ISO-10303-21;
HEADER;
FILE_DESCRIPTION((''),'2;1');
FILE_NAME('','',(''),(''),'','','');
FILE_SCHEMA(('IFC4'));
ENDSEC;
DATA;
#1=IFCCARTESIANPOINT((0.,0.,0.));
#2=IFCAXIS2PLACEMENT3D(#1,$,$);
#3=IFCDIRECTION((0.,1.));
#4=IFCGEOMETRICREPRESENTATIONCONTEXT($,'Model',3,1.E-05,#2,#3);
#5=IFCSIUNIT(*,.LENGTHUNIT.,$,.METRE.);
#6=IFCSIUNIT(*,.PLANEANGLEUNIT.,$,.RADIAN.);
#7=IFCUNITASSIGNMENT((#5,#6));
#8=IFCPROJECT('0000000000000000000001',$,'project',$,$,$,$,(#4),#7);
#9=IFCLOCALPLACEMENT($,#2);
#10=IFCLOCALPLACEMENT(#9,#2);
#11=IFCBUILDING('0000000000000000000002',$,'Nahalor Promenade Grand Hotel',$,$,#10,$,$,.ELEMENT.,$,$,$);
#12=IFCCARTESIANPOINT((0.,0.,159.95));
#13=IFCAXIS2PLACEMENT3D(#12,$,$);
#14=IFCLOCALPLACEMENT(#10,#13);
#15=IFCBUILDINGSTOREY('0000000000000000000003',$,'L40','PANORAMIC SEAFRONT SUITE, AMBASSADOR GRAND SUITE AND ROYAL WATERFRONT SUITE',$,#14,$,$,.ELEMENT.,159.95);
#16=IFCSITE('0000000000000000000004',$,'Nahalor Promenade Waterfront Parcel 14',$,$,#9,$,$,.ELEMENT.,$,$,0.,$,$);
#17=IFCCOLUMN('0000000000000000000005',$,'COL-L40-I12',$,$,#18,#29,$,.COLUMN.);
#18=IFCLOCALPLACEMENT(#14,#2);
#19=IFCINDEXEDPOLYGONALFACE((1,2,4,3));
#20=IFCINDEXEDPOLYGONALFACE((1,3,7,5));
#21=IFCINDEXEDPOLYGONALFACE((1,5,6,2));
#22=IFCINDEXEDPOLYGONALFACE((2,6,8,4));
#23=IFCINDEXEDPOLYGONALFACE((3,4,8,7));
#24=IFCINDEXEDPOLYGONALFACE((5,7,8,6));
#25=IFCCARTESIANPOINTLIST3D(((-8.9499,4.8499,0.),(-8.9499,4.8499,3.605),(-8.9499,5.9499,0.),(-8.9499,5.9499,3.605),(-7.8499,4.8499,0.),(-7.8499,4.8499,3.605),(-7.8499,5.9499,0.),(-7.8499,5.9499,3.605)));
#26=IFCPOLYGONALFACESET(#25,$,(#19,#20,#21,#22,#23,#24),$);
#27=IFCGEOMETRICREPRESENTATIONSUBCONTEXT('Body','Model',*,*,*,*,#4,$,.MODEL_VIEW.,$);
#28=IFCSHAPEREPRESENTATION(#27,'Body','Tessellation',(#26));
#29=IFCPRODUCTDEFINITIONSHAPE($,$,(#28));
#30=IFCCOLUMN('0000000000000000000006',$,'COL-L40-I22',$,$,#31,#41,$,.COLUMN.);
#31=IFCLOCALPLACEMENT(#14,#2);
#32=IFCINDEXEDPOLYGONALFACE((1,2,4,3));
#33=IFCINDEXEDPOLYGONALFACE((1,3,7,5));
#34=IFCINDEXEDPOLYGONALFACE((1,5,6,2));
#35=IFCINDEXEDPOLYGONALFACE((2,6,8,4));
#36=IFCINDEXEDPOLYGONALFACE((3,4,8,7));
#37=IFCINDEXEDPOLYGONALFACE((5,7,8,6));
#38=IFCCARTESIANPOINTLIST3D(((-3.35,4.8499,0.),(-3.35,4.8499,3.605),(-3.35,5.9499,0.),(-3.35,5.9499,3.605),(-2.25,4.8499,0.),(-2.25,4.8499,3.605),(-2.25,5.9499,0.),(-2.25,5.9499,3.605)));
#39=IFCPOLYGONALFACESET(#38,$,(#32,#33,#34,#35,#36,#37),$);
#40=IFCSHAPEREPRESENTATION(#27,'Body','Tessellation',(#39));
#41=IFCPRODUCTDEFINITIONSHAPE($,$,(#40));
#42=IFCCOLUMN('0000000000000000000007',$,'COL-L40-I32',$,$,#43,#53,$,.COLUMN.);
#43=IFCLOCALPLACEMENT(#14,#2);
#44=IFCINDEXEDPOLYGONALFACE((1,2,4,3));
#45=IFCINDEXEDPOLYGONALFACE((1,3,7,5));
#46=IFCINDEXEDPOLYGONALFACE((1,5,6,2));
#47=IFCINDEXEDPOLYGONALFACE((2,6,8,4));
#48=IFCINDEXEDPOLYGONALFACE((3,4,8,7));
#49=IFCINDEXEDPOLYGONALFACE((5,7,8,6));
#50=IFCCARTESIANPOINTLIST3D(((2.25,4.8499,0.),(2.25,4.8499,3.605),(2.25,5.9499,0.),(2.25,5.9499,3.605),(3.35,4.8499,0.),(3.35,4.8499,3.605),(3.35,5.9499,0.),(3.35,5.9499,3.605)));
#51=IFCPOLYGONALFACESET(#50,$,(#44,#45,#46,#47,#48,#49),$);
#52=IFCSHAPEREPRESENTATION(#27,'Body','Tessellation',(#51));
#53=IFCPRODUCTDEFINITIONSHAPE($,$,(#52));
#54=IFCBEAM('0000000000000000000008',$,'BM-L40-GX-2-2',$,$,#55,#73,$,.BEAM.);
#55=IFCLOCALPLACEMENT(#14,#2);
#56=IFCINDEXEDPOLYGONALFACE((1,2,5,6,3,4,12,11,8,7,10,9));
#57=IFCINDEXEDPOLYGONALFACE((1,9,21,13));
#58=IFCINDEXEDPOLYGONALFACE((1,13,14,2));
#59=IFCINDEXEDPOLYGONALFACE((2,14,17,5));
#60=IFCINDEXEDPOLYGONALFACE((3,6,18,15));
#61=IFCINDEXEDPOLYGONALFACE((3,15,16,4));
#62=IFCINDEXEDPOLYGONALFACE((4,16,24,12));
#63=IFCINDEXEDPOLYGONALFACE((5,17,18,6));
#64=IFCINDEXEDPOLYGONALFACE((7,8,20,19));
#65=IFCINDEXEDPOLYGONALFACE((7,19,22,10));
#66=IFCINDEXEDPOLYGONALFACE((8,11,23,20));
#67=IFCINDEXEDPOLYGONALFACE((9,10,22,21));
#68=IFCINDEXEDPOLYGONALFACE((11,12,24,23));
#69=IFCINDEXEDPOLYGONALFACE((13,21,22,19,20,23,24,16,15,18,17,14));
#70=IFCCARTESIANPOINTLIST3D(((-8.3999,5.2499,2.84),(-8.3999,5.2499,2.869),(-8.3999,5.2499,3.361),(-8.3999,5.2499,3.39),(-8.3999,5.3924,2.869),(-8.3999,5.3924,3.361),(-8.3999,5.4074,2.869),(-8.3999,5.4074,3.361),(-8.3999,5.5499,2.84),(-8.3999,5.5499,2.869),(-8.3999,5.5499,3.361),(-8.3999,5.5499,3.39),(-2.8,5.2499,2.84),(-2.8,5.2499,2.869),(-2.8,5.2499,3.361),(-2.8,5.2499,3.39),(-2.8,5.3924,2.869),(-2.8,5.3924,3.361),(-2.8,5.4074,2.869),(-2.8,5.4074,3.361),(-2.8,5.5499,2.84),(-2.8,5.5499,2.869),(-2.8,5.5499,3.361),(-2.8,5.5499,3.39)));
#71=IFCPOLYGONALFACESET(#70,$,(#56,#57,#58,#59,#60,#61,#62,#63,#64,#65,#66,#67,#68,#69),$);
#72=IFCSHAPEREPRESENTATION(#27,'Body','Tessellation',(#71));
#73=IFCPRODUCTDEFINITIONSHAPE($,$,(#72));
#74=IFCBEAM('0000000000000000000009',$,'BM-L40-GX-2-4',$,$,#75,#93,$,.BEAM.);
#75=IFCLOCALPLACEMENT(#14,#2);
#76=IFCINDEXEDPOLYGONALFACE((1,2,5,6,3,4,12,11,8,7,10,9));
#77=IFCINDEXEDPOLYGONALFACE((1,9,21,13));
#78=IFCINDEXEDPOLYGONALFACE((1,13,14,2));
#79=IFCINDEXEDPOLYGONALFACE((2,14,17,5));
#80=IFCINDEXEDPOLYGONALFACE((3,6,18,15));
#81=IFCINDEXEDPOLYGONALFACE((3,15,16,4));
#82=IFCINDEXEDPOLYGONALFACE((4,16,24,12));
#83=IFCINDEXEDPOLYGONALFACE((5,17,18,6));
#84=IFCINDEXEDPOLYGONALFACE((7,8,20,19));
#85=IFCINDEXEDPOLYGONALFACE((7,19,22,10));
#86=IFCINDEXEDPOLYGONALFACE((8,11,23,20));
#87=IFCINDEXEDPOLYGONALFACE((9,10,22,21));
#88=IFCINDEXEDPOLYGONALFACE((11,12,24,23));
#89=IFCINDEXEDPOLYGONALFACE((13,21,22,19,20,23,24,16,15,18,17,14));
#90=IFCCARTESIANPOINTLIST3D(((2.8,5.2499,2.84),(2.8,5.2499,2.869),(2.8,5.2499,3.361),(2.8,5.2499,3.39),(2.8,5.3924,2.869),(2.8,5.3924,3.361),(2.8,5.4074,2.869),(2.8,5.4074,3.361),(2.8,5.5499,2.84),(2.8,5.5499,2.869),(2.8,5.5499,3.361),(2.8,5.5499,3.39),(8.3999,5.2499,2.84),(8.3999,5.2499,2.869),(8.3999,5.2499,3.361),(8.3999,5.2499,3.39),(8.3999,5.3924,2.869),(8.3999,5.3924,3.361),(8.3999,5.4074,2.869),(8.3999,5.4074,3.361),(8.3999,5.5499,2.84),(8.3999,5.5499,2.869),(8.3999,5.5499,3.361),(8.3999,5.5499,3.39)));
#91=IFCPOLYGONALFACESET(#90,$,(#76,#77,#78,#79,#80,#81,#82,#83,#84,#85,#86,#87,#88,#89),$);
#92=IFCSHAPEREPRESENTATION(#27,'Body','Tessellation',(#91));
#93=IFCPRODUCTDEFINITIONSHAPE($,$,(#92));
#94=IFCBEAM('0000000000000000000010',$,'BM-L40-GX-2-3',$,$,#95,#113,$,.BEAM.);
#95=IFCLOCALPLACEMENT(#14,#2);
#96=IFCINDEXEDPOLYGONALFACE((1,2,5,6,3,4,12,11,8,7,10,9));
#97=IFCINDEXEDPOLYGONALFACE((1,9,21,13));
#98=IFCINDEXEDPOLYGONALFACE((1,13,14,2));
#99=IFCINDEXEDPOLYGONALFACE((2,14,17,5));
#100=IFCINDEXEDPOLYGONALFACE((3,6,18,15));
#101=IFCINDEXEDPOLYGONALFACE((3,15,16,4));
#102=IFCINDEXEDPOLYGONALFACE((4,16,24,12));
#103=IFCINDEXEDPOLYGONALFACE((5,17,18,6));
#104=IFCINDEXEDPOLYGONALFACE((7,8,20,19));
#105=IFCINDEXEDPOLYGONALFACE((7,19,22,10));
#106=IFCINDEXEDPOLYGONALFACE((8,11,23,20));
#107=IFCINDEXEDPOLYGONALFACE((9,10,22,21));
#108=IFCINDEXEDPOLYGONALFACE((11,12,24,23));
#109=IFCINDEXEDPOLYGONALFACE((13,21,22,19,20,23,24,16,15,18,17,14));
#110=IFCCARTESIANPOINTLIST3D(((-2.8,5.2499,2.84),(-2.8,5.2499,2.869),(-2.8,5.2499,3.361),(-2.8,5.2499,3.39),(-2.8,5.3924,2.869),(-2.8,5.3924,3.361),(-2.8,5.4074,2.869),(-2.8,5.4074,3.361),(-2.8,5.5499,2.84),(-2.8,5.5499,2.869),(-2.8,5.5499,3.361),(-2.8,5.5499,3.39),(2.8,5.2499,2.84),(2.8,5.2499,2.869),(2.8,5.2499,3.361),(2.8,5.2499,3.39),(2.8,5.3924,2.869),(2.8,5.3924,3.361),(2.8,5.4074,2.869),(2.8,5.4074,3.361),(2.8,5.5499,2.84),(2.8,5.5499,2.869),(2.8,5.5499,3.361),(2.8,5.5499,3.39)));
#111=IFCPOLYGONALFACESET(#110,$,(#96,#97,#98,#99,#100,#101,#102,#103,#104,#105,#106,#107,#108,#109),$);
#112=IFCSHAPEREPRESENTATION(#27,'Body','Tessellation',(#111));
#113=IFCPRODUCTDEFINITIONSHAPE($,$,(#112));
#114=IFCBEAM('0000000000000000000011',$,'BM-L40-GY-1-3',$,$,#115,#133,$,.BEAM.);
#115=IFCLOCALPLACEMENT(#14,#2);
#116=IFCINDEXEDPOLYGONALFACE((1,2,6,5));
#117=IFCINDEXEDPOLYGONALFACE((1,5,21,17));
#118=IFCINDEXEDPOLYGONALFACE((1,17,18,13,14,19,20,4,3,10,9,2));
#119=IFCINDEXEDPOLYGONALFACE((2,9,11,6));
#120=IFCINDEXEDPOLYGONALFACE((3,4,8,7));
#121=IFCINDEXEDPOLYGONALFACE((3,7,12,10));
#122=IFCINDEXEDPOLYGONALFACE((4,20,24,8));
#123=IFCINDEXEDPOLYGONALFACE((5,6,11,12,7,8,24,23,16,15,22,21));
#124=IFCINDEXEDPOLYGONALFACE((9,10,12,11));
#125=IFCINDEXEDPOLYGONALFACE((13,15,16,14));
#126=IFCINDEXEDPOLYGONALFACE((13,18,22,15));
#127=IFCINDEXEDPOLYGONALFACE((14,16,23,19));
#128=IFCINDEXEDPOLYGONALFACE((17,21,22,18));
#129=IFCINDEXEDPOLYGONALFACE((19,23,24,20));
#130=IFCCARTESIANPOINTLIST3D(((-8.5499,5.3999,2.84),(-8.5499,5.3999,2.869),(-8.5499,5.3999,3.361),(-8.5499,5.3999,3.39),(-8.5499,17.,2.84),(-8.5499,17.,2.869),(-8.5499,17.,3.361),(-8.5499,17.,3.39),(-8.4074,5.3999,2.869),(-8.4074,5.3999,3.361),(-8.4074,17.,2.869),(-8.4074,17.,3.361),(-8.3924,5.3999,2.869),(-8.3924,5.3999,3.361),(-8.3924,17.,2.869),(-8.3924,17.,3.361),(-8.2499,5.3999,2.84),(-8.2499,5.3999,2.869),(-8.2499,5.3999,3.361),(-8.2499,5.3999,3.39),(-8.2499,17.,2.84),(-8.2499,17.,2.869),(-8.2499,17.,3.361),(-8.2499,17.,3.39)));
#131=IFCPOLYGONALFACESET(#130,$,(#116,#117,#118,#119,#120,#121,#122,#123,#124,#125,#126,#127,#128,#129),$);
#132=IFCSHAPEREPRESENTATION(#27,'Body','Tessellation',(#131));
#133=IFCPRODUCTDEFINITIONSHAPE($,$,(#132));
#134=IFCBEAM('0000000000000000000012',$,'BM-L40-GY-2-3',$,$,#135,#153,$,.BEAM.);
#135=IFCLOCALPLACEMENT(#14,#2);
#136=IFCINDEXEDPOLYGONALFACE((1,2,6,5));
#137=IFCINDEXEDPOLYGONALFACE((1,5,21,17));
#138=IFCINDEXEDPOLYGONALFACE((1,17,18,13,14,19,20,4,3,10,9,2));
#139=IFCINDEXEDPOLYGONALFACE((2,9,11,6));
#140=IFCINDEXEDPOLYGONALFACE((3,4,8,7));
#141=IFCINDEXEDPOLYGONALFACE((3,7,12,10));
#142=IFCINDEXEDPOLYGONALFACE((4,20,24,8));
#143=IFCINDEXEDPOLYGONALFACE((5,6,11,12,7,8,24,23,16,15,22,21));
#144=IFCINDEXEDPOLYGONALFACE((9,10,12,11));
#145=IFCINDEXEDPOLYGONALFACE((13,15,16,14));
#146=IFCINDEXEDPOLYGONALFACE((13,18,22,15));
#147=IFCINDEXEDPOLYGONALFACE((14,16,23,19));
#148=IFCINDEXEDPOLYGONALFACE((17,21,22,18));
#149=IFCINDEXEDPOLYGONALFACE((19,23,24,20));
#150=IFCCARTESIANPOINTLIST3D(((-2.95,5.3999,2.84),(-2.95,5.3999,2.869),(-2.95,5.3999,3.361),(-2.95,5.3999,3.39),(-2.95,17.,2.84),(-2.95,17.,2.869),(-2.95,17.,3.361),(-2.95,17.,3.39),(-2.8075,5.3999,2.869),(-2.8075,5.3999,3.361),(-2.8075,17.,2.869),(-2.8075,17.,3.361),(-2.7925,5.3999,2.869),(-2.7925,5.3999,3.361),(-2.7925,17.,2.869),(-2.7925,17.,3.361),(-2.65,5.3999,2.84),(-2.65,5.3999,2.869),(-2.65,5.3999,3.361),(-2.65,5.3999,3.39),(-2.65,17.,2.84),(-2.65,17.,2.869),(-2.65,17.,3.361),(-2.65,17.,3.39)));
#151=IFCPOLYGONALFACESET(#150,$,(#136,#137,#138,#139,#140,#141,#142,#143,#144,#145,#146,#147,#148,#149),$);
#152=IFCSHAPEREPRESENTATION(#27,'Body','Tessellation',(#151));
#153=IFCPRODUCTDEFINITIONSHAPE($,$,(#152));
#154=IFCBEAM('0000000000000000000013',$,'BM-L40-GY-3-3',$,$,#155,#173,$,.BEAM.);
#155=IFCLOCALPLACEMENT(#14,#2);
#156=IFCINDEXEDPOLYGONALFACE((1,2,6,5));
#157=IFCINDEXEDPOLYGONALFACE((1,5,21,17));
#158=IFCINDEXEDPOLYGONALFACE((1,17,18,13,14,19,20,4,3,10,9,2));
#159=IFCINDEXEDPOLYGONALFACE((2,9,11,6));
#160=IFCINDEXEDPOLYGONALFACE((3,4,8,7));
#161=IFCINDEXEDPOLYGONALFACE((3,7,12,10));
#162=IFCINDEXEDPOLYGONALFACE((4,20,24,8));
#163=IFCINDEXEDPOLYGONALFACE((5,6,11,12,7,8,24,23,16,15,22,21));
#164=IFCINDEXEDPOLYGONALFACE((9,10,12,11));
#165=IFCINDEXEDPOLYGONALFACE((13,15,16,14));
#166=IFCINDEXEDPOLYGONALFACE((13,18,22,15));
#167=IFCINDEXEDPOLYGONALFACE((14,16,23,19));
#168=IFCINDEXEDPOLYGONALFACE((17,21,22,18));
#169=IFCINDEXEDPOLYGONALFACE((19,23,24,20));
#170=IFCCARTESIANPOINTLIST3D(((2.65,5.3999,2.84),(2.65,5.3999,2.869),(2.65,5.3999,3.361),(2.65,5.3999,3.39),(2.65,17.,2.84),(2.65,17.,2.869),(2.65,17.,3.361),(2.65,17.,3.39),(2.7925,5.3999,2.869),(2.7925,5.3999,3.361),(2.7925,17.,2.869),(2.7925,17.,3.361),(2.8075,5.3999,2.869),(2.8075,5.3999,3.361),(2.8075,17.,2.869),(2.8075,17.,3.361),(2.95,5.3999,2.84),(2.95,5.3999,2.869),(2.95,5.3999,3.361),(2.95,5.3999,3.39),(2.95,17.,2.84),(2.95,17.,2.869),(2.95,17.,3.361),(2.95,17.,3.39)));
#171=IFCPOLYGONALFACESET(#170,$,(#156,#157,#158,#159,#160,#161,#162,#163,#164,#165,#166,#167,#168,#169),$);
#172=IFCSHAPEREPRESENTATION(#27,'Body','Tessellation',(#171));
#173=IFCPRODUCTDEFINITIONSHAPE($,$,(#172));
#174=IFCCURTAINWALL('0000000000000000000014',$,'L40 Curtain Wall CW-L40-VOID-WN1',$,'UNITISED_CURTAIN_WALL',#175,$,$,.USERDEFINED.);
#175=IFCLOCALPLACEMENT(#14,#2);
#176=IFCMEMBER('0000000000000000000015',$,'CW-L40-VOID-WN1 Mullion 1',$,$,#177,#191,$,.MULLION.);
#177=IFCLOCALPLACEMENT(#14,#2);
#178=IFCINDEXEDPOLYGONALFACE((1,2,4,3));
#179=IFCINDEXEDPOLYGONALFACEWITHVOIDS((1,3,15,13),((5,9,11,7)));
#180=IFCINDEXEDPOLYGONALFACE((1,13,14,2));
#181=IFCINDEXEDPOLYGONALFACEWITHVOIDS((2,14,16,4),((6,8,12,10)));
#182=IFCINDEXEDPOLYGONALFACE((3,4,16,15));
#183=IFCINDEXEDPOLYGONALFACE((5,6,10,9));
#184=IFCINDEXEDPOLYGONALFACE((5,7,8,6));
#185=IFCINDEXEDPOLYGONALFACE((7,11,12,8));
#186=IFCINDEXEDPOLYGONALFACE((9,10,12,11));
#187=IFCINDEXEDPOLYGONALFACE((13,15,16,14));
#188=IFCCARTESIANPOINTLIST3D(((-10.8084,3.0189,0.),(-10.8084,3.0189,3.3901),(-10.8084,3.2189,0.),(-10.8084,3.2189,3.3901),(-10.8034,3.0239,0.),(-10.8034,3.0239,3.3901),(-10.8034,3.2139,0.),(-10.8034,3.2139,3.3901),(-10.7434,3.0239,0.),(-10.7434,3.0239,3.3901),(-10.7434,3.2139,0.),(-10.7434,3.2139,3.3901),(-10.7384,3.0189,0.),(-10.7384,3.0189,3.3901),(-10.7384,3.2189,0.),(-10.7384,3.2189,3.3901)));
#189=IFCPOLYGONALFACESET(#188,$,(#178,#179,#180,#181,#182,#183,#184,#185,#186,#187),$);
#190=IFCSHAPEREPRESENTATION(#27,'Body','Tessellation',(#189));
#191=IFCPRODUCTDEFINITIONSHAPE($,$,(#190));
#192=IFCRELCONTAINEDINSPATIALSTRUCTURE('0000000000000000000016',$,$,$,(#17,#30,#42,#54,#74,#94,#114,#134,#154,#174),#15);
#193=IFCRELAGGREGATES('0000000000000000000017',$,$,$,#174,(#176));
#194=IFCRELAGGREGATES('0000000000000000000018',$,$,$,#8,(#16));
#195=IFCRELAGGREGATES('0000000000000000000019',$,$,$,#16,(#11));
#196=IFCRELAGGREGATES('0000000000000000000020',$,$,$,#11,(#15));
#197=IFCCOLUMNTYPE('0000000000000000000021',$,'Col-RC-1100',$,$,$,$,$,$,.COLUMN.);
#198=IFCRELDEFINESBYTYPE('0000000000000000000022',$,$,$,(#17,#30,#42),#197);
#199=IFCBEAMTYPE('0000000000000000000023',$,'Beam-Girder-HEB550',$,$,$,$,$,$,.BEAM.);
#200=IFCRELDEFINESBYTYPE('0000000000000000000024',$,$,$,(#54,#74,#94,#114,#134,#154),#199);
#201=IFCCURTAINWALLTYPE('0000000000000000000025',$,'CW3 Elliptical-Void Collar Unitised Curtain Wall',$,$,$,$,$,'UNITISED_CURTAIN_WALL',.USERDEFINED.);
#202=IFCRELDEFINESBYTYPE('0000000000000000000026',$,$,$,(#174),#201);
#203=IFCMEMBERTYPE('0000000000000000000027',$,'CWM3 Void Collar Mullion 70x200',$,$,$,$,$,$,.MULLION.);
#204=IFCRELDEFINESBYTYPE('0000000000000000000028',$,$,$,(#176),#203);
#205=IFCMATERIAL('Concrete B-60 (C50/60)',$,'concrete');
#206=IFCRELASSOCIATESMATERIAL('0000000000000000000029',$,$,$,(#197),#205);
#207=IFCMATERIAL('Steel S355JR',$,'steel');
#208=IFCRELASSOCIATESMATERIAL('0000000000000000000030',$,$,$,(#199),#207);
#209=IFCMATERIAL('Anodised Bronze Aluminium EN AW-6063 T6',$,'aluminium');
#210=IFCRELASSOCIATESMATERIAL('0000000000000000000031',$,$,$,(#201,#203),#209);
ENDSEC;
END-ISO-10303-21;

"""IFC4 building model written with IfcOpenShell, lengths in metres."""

from ifc_helpers import new_model, si_unit, direction, frame, origin, origin_2d, place, context, subcontext, project, spatial, rectangle, hollow_rectangle, i_section, extrude, source, transform, mapped, material, material_profile, profile_set, type_object, element, aggregate, save


model = new_model("IFC4")

# Units and contexts
model_context = context("Model", 3, precision=1e-05, world=origin(), true_north=direction((0.0, 1.0)))
body_context = subcontext(model_context, "Body", "Model", "MODEL_VIEW")
ifc_project = project(units=[si_unit("LENGTHUNIT", "METRE"), si_unit("PLANEANGLEUNIT", "RADIAN")], contexts=[model_context])

# Site, building, storey
site_placement = place(None, origin())
site = spatial("IfcSite", under=ifc_project, at=site_placement, Name="Nahalor Promenade Waterfront Parcel 14", CompositionType="ELEMENT", RefElevation=0.0)
building_placement = place(site_placement, origin())
building = spatial("IfcBuilding", under=site, at=building_placement, Name="Nahalor Promenade Grand Hotel", CompositionType="ELEMENT")
storey_placement = place(building_placement, frame((0.0, 0.0, 159.95)))
storey = spatial("IfcBuildingStorey", under=building, at=storey_placement, Name="L40", Description="PANORAMIC SEAFRONT SUITE, AMBASSADOR GRAND SUITE AND ROYAL WATERFRONT SUITE", CompositionType="ELEMENT", Elevation=159.95)

# Columns
ifc_material_1 = material(Name="Concrete B-60 (C50/60)", Category="concrete")
ifc_material_profile_1 = material_profile(ifc_material_1, rectangle(XDim=1.1, YDim=1.1, at=origin_2d()), Name="RC 1100x1100")
ifc_profile_set_1 = profile_set([ifc_material_profile_1], Name="Concrete B-60 (C50/60)")
column_type = type_object("IfcColumnType", Name="Col-RC-1100", PredefinedType="COLUMN", material=ifc_profile_set_1)
shared_shape_1 = source(origin(), body_context, "Body", "SweptSolid", [
    extrude(rectangle(XDim=1.1, YDim=1.1, at=origin_2d()), origin(), (0.0, 0.0, 1.0), 3.605),
])
for number, where, z_axis, x_axis, name in (
    (1, (-8.3999, 5.3999, 0.0), (0.0, 0.0, 1.0), (1.0, 0.0, 0.0), "COL-L40-I12"),
    (2, (-2.8, 5.3999, 0.0), (0.0, 0.0, 1.0), (1.0, 0.0, 0.0), "COL-L40-I22"),
    (3, (2.8, 5.3999, 0.0), (0.0, 0.0, 1.0), (1.0, 0.0, 0.0), "COL-L40-I32"),
):
    element("IfcColumn", number, at=place(storey_placement, frame(where, z_axis=z_axis, x_axis=x_axis)), inside=storey, type_object=column_type, Name=name, PredefinedType="COLUMN", context=body_context, shape_type="MappedRepresentation", body=[
        mapped(shared_shape_1, transform((0.0, 0.0, 0.0), scale=1.0)),
    ])

# Beams
ifc_material_2 = material(Name="Steel S355JR", Category="steel")
ifc_material_profile_2 = material_profile(ifc_material_2, i_section(OverallWidth=0.3, OverallDepth=0.55, WebThickness=0.015, FlangeThickness=0.029, at=origin_2d()), Name="HEB 550")
ifc_profile_set_2 = profile_set([ifc_material_profile_2], Name="Steel S355JR")
beam_type = type_object("IfcBeamType", Name="Beam-Girder-HEB550", PredefinedType="BEAM", material=ifc_profile_set_2)
shared_shape_2 = source(origin(), body_context, "Body", "SweptSolid", [
    extrude(i_section(OverallWidth=0.3, OverallDepth=0.55, WebThickness=0.015, FlangeThickness=0.029, at=origin_2d()), origin(), (0.0, 0.0, 1.0), 5.5999),
])
for number, where, z_axis, x_axis, name in (
    (4, (-8.3999, 5.3999, 3.115), (1.0, 0.0, 0.0), (0.0, 1.0, 0.0), "BM-L40-GX-2-2"),
    (5, (2.8, 5.3999, 3.115), (1.0, 0.0, 0.0), (0.0, 1.0, 0.0), "BM-L40-GX-2-4"),
):
    element("IfcBeam", number, at=place(storey_placement, frame(where, z_axis=z_axis, x_axis=x_axis)), inside=storey, type_object=beam_type, Name=name, PredefinedType="BEAM", context=body_context, shape_type="MappedRepresentation", body=[
        mapped(shared_shape_2, transform((0.0, 0.0, 0.0), scale=1.0)),
    ])
shared_shape_3 = source(origin(), body_context, "Body", "SweptSolid", [
    extrude(i_section(OverallWidth=0.3, OverallDepth=0.55, WebThickness=0.015, FlangeThickness=0.029, at=origin_2d()), origin(), (0.0, 0.0, 1.0), 5.6001),
])
beam_placement = place(storey_placement, frame((-2.8, 5.3999, 3.115), z_axis=(1.0, 0.0, 0.0), x_axis=(0.0, 1.0, 0.0)))
element("IfcBeam", 6, at=beam_placement, inside=storey, type_object=beam_type, Name="BM-L40-GX-2-3", PredefinedType="BEAM", context=body_context, shape_type="MappedRepresentation", body=[
    mapped(shared_shape_3, transform((0.0, 0.0, 0.0), scale=1.0)),
])
shared_shape_4 = source(origin(), body_context, "Body", "SweptSolid", [
    extrude(i_section(OverallWidth=0.3, OverallDepth=0.55, WebThickness=0.015, FlangeThickness=0.029, at=origin_2d()), origin(), (0.0, 0.0, 1.0), 11.6001),
])
for number, where, z_axis, x_axis, name in (
    (7, (-8.3999, 5.3999, 3.115), (0.0, 1.0, 0.0), (-1.0, 0.0, 0.0), "BM-L40-GY-1-3"),
    (8, (-2.8, 5.3999, 3.115), (0.0, 1.0, 0.0), (-1.0, 0.0, 0.0), "BM-L40-GY-2-3"),
    (9, (2.8, 5.3999, 3.115), (0.0, 1.0, 0.0), (-1.0, 0.0, 0.0), "BM-L40-GY-3-3"),
):
    element("IfcBeam", number, at=place(storey_placement, frame(where, z_axis=z_axis, x_axis=x_axis)), inside=storey, type_object=beam_type, Name=name, PredefinedType="BEAM", context=body_context, shape_type="MappedRepresentation", body=[
        mapped(shared_shape_4, transform((0.0, 0.0, 0.0), scale=1.0)),
    ])

# Curtain wall, member
ifc_material_3 = material(Name="Anodised Bronze Aluminium EN AW-6063 T6", Category="aluminium")
curtain_wall_type = type_object("IfcCurtainWallType", Name="CW3 Elliptical-Void Collar Unitised Curtain Wall", ElementType="UNITISED_CURTAIN_WALL", PredefinedType="USERDEFINED", material=ifc_material_3)
curtain_wall_placement = place(storey_placement, origin())
curtain_wall = element("IfcCurtainWall", 10, at=curtain_wall_placement, inside=storey, type_object=curtain_wall_type, Name="L40 Curtain Wall CW-L40-VOID-WN1", ObjectType="UNITISED_CURTAIN_WALL", PredefinedType="USERDEFINED")
ifc_material_profile_3 = material_profile(ifc_material_3, hollow_rectangle(XDim=0.07, YDim=0.2, WallThickness=0.005, at=origin_2d()), Name="CWM 70x200x5")
ifc_profile_set_3 = profile_set([ifc_material_profile_3], Name="Anodised Bronze Aluminium EN AW-6063 T6")
member_type_1 = type_object("IfcMemberType", Name="CWM3 Void Collar Mullion 70x200", PredefinedType="MULLION", material=ifc_profile_set_3)
shared_shape_5 = source(origin(), body_context, "Body", "SweptSolid", [
    extrude(hollow_rectangle(XDim=0.07, YDim=0.2, WallThickness=0.005, at=origin_2d()), origin(), (0.0, 0.0, 1.0), 3.3901),
])
member_1_placement = place(storey_placement, frame((-10.7734, 3.1189, 0.0), z_axis=(0.0, 0.0, 1.0), x_axis=(1.0, 0.0, 0.0)))
member_1 = element("IfcMember", 11, at=member_1_placement, type_object=member_type_1, Name="CW-L40-VOID-WN1 Mullion 1", PredefinedType="MULLION", context=body_context, shape_type="MappedRepresentation", body=[
    mapped(shared_shape_5, transform((0.0, 0.0, 0.0), scale=1.0)),
])

aggregate(curtain_wall, [member_1])

save(model, "model.ifc")
